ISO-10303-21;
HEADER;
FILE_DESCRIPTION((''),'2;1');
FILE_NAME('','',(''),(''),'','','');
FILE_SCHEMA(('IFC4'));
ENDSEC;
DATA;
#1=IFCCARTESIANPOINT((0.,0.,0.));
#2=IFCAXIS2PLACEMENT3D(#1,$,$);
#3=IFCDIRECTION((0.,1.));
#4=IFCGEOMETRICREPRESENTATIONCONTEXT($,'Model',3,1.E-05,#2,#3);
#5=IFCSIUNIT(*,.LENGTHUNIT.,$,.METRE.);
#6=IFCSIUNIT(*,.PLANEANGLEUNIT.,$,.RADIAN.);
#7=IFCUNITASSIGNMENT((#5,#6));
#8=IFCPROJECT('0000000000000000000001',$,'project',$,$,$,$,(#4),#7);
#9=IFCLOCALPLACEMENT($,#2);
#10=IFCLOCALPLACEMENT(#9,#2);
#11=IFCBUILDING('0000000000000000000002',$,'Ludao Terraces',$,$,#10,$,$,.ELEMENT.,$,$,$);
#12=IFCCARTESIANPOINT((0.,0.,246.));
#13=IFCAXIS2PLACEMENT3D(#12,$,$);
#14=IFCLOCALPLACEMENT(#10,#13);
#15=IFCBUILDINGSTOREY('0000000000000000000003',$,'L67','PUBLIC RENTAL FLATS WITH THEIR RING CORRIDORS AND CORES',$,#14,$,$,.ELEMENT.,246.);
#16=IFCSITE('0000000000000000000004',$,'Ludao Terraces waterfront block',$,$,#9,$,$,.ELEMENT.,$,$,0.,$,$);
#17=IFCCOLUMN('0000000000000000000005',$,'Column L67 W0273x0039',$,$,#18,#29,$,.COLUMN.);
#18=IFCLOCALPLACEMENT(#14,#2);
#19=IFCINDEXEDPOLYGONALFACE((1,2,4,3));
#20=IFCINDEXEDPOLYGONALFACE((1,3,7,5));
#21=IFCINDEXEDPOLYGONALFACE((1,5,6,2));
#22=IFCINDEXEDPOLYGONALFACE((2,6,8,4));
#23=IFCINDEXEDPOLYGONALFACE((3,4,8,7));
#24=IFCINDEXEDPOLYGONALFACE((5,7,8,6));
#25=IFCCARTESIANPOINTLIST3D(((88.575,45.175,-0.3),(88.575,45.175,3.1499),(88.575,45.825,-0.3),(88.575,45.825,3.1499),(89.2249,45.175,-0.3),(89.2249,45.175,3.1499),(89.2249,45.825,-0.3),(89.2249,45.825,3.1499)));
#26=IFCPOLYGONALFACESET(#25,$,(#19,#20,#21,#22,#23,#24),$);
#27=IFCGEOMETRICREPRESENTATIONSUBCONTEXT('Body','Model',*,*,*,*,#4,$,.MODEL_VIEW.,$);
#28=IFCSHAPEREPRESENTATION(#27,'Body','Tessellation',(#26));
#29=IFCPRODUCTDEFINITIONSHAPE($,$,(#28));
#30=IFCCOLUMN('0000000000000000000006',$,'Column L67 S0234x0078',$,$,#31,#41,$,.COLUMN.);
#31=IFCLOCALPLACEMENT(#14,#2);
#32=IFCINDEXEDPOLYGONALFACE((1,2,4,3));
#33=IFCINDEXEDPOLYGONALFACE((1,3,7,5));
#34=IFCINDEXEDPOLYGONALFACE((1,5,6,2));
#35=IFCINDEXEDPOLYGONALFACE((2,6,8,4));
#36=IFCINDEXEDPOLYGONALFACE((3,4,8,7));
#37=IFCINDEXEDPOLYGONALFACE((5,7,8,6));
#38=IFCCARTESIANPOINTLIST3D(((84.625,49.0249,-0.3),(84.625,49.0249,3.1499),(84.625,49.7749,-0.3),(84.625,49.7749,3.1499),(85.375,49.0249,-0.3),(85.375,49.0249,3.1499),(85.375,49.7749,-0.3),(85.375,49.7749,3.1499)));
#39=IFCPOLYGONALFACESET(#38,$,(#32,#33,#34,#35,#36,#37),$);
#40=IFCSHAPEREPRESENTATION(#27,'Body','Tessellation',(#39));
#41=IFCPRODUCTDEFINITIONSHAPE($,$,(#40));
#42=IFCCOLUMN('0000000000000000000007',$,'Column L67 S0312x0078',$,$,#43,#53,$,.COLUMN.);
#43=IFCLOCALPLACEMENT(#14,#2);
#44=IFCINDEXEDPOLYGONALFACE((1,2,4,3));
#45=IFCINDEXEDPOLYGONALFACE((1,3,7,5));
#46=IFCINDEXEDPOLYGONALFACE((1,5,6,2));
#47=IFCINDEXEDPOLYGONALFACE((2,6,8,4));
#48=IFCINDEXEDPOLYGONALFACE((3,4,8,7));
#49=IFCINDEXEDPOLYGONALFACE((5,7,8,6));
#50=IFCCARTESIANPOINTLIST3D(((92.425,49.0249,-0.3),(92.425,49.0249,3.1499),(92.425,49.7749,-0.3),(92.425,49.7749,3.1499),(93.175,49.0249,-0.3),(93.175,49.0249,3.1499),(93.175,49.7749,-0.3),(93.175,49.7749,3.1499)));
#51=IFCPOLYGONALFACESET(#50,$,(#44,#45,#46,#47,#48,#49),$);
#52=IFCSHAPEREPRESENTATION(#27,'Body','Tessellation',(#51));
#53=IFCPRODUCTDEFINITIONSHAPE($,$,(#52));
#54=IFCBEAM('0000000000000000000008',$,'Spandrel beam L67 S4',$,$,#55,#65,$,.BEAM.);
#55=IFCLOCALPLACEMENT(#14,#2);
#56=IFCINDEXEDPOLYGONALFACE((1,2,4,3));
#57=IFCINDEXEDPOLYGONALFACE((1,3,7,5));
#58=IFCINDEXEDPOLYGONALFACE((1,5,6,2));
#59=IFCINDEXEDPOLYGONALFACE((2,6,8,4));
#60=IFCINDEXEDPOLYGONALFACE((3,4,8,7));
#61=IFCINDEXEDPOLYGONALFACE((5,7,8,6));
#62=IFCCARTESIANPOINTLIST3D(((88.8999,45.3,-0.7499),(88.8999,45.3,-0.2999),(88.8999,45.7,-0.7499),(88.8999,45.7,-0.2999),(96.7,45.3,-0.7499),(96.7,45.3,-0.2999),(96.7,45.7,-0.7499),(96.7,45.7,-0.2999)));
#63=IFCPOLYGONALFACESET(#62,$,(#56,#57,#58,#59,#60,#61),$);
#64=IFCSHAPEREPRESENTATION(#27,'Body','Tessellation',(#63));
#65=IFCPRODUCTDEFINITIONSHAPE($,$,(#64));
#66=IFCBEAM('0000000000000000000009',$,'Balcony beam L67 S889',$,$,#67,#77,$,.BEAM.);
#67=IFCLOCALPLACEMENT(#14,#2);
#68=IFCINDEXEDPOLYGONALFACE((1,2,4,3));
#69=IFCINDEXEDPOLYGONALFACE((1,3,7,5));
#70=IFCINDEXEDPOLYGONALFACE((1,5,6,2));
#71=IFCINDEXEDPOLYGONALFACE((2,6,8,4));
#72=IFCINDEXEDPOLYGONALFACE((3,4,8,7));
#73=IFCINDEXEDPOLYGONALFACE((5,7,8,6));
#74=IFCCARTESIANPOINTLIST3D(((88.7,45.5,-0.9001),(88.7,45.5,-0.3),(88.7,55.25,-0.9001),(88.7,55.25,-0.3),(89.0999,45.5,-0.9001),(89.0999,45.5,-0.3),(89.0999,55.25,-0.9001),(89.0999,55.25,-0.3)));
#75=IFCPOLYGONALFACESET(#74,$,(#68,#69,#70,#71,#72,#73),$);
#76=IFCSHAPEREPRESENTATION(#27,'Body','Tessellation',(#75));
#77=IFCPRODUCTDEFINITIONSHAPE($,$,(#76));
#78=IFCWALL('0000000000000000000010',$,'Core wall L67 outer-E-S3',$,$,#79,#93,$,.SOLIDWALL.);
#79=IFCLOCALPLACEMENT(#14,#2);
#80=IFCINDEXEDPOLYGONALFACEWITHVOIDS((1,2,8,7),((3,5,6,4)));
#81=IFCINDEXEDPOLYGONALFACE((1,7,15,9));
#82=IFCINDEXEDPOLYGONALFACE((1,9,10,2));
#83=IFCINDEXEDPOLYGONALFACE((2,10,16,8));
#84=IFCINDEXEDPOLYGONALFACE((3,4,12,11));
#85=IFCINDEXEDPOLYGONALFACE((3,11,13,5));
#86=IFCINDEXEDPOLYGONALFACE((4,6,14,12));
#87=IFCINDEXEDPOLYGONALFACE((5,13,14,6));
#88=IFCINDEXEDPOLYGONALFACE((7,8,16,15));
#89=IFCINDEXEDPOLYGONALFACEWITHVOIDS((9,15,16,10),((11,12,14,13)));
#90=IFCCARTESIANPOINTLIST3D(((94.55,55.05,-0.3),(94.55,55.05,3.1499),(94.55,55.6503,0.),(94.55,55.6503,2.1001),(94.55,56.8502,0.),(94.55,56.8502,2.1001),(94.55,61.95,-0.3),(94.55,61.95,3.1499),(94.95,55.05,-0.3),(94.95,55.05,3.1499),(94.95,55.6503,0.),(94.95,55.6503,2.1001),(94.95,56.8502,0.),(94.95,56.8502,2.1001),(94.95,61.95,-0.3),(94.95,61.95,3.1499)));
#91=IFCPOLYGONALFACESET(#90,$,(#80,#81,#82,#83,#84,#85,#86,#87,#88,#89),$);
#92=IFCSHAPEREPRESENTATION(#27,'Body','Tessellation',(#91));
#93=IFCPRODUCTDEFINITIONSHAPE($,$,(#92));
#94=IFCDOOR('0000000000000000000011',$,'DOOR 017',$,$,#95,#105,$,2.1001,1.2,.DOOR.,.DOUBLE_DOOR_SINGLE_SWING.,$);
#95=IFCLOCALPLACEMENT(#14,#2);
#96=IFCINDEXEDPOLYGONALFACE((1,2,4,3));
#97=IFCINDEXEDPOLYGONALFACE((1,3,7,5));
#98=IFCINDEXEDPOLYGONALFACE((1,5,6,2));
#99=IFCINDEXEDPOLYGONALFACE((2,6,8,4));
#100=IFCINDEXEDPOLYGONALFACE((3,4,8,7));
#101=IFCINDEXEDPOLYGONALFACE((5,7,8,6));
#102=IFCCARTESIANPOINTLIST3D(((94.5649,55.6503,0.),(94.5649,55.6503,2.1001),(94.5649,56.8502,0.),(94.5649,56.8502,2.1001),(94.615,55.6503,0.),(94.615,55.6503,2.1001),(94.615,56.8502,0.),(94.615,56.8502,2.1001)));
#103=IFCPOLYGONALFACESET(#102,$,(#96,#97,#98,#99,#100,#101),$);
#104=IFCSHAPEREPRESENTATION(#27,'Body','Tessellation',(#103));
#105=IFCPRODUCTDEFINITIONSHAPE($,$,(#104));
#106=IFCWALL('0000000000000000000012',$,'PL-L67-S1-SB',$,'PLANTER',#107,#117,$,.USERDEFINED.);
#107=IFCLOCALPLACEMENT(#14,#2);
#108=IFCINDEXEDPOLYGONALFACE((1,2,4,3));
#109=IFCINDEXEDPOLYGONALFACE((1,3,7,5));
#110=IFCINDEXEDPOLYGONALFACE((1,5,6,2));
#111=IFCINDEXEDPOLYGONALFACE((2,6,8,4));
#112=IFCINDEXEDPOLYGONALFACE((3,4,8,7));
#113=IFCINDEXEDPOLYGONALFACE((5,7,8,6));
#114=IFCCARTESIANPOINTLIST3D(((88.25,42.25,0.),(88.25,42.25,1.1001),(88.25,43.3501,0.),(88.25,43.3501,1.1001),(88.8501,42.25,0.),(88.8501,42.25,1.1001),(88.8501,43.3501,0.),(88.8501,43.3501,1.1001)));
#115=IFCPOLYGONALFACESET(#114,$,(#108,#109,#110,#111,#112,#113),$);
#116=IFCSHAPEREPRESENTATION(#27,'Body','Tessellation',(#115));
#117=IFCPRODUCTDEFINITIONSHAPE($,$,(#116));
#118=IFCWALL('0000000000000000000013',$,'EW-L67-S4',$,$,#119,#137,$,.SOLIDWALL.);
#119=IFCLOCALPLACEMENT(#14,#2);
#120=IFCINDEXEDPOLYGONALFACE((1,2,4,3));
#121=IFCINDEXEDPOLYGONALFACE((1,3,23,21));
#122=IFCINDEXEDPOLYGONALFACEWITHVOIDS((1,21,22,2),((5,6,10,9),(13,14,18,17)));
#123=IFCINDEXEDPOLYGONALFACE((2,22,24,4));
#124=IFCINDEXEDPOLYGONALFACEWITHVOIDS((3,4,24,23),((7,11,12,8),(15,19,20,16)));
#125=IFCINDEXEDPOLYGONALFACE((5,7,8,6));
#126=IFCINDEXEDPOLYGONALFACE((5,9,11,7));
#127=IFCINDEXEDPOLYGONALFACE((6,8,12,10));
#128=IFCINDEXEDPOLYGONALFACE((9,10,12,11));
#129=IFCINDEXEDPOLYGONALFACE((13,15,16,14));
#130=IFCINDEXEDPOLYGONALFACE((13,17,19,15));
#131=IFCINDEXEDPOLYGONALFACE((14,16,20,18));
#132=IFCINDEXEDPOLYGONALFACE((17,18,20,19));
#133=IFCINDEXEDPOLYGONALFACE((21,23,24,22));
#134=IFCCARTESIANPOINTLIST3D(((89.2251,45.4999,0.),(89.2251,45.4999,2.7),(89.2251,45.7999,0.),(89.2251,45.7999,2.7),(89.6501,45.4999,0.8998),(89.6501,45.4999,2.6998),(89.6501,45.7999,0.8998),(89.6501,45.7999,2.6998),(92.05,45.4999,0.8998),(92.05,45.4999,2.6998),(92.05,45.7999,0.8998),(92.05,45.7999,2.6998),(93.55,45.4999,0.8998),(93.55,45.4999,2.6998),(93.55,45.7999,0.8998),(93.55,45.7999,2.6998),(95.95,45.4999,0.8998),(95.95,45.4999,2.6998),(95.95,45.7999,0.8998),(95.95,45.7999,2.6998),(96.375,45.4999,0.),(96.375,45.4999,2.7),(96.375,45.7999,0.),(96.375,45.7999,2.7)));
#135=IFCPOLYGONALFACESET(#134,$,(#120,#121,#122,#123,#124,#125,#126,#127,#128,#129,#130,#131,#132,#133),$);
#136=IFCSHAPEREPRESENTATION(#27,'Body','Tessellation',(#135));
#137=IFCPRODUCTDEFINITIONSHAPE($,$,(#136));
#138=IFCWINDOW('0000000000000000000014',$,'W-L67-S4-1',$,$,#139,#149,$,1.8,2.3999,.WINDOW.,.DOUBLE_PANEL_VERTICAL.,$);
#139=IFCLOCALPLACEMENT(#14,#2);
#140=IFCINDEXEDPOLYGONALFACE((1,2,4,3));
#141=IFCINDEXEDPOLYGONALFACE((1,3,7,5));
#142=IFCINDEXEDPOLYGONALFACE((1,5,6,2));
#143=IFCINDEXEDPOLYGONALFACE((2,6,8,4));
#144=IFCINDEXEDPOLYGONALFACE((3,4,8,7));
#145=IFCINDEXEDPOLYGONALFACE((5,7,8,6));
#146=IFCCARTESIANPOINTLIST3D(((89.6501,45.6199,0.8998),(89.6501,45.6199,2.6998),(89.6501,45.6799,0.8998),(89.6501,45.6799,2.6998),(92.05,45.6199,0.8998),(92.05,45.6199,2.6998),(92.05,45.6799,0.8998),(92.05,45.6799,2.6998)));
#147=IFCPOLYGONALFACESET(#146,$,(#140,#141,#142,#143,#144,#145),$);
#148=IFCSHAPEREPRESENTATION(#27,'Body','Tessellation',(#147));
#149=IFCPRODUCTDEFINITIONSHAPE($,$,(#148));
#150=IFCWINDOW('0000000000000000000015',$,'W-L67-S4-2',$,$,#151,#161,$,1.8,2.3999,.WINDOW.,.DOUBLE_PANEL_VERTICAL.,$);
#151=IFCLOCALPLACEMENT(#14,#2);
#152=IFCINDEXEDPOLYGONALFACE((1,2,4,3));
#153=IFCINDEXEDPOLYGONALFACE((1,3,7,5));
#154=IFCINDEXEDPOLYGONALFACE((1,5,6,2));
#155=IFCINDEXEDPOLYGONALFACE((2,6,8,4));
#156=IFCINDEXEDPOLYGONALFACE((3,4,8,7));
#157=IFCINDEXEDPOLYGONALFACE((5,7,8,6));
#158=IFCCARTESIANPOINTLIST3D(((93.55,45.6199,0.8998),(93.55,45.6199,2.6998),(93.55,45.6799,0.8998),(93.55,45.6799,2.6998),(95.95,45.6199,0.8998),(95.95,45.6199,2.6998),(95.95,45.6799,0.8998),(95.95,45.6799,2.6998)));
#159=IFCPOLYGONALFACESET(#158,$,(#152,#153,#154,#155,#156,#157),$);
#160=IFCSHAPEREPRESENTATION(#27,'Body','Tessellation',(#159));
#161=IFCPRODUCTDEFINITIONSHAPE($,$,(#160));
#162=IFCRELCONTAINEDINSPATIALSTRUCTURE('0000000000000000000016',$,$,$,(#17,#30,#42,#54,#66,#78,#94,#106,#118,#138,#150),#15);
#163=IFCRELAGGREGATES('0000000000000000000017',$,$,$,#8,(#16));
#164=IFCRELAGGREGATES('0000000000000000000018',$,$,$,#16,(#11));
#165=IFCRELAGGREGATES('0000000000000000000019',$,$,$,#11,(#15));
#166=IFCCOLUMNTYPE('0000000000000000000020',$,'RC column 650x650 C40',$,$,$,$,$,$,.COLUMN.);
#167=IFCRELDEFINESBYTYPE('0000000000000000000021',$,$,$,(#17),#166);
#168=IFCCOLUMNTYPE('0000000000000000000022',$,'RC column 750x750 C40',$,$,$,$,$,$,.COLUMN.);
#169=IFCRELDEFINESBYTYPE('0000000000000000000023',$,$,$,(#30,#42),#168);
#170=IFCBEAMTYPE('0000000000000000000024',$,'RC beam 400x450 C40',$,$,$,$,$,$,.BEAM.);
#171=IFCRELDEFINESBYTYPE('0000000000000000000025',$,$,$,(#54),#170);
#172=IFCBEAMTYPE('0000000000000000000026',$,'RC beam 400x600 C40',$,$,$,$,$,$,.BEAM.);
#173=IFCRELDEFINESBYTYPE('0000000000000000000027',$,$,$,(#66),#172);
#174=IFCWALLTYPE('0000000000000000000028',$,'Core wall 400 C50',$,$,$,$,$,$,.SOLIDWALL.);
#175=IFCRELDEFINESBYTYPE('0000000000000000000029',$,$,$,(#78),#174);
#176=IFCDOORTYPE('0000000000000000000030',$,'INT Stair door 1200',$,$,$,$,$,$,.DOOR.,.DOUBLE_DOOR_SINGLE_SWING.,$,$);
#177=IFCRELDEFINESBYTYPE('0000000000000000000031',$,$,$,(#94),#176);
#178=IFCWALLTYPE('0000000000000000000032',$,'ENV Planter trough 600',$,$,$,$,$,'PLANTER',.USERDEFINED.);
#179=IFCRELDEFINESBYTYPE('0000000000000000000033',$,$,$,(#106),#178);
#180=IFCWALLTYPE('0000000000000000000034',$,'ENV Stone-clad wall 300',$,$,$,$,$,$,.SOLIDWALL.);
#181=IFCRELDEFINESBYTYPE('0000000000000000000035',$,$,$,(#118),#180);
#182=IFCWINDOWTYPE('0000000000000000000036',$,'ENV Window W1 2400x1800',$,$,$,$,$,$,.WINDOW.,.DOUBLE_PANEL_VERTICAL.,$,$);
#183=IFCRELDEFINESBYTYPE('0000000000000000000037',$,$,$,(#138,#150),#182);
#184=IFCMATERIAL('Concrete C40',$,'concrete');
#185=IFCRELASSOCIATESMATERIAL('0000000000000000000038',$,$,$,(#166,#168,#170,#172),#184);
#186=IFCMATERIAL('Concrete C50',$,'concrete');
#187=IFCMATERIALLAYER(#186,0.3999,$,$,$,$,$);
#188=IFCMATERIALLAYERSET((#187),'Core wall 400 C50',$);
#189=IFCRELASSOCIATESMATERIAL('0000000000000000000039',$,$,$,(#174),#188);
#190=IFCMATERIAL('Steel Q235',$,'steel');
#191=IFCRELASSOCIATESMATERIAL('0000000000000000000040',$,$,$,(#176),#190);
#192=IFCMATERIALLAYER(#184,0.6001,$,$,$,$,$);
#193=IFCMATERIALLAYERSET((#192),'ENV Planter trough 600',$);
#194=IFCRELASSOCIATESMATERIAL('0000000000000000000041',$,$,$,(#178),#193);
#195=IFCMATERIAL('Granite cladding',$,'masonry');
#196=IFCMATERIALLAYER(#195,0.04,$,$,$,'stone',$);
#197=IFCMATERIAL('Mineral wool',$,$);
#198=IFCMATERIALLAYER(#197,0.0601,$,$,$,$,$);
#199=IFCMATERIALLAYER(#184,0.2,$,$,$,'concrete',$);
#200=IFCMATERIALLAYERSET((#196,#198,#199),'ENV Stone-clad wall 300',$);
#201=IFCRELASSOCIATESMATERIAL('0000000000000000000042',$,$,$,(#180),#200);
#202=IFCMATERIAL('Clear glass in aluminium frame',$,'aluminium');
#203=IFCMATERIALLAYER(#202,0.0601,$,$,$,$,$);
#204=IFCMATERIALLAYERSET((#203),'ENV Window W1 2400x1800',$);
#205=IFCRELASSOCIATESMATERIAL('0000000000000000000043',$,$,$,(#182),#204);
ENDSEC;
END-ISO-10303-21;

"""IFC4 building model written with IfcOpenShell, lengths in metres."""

from ifc_helpers import new_model, si_unit, direction, frame, frame_2d, origin, origin_2d, place, context, subcontext, project, spatial, rectangle, extrude, material, layer, layer_set, material_profile, profile_set, type_object, element, fill, save


model = new_model("IFC4")

# Units and contexts
model_context = context("Model", 3, precision=1e-05, world=origin(), true_north=direction((0.0, 1.0)))
body_context = subcontext(model_context, "Body", "Model", "MODEL_VIEW")
ifc_project = project(units=[si_unit("LENGTHUNIT", "METRE"), si_unit("PLANEANGLEUNIT", "RADIAN")], contexts=[model_context])

# Site, building, storey
site_placement = place(None, origin())
site = spatial("IfcSite", under=ifc_project, at=site_placement, Name="Ludao Terraces waterfront block", CompositionType="ELEMENT", RefElevation=0.0)
building_placement = place(site_placement, origin())
building = spatial("IfcBuilding", under=site, at=building_placement, Name="Ludao Terraces", CompositionType="ELEMENT")
storey_placement = place(building_placement, frame((0.0, 0.0, 246.0)))
storey = spatial("IfcBuildingStorey", under=building, at=storey_placement, Name="L67", Description="PUBLIC RENTAL FLATS WITH THEIR RING CORRIDORS AND CORES", CompositionType="ELEMENT", Elevation=246.0)

# Columns
ifc_material_1 = material(Name="Concrete C40", Category="concrete")
ifc_material_profile_1 = material_profile(ifc_material_1, rectangle(XDim=0.6499, YDim=0.6499, at=origin_2d()), Name="650 X 650")
ifc_profile_set_1 = profile_set([ifc_material_profile_1], Name="Concrete C40")
column_type_1 = type_object("IfcColumnType", Name="RC column 650x650 C40", PredefinedType="COLUMN", material=ifc_profile_set_1)
column_placement = place(storey_placement, frame((88.8999, 45.5, -0.3), z_axis=(0.0, 0.0, 1.0), x_axis=(1.0, 0.0, 0.0)))
element("IfcColumn", 1, at=column_placement, inside=storey, type_object=column_type_1, Name="Column L67 W0273x0039", PredefinedType="COLUMN", context=body_context, shape_type="SweptSolid", body=[
    extrude(rectangle(XDim=0.6499, YDim=0.6499, at=origin_2d()), origin(), (0.0, 0.0, 1.0), 3.45),
])
ifc_material_profile_2 = material_profile(ifc_material_1, rectangle(XDim=0.75, YDim=0.75, at=origin_2d()), Name="750 X 750")
ifc_profile_set_2 = profile_set([ifc_material_profile_2], Name="Concrete C40")
column_type_2 = type_object("IfcColumnType", Name="RC column 750x750 C40", PredefinedType="COLUMN", material=ifc_profile_set_2)
for number, where, z_axis, x_axis, name in (
    (2, (85.0, 49.3999, -0.3), (0.0, 0.0, 1.0), (1.0, 0.0, 0.0), "Column L67 S0234x0078"),
    (3, (92.8, 49.3999, -0.3), (0.0, 0.0, 1.0), (1.0, 0.0, 0.0), "Column L67 S0312x0078"),
):
    element("IfcColumn", number, at=place(storey_placement, frame(where, z_axis=z_axis, x_axis=x_axis)), inside=storey, type_object=column_type_2, Name=name, PredefinedType="COLUMN", context=body_context, shape_type="SweptSolid", body=[
        extrude(rectangle(XDim=0.75, YDim=0.75, at=origin_2d()), origin(), (0.0, 0.0, 1.0), 3.45),
    ])

# Beams
ifc_material_profile_3 = material_profile(ifc_material_1, rectangle(XDim=0.3999, YDim=0.45, at=origin_2d()), Name="400 X 450")
ifc_profile_set_3 = profile_set([ifc_material_profile_3], Name="Concrete C40")
beam_type_1 = type_object("IfcBeamType", Name="RC beam 400x450 C40", PredefinedType="BEAM", material=ifc_profile_set_3)
beam_1_placement = place(storey_placement, frame((88.8999, 45.5, -0.5249), z_axis=(1.0, 0.0, 0.0), x_axis=(0.0, 1.0, 0.0)))
element("IfcBeam", 4, at=beam_1_placement, inside=storey, type_object=beam_type_1, Name="Spandrel beam L67 S4", PredefinedType="BEAM", context=body_context, shape_type="SweptSolid", body=[
    extrude(rectangle(XDim=0.3999, YDim=0.45, at=origin_2d()), origin(), (0.0, 0.0, 1.0), 7.8),
])
ifc_material_profile_4 = material_profile(ifc_material_1, rectangle(XDim=0.3999, YDim=0.6001, at=origin_2d()), Name="400 X 600")
ifc_profile_set_4 = profile_set([ifc_material_profile_4], Name="Concrete C40")
beam_type_2 = type_object("IfcBeamType", Name="RC beam 400x600 C40", PredefinedType="BEAM", material=ifc_profile_set_4)
beam_2_placement = place(storey_placement, frame((88.8999, 55.25, -0.6001), z_axis=(0.0, -1.0, 0.0), x_axis=(1.0, 0.0, 0.0)))
element("IfcBeam", 5, at=beam_2_placement, inside=storey, type_object=beam_type_2, Name="Balcony beam L67 S889", PredefinedType="BEAM", context=body_context, shape_type="SweptSolid", body=[
    extrude(rectangle(XDim=0.3999, YDim=0.6001, at=origin_2d()), origin(), (0.0, 0.0, 1.0), 9.75),
])

# Wall, opening, door
ifc_material_2 = material(Name="Concrete C50", Category="concrete")
ifc_layer_1 = layer(ifc_material_2, 0.3999)
ifc_layer_set_1 = layer_set([ifc_layer_1], Name="Core wall 400 C50")
wall_type_1 = type_object("IfcWallType", Name="Core wall 400 C50", PredefinedType="SOLIDWALL", material=ifc_layer_set_1)
wall_1_placement = place(storey_placement, frame((94.75, 55.05, -0.3), z_axis=(0.0, 0.0, 1.0), x_axis=(0.0, 1.0, 0.0)))
wall_1 = element("IfcWall", 6, at=wall_1_placement, inside=storey, type_object=wall_type_1, Name="Core wall L67 outer-E-S3", PredefinedType="SOLIDWALL", context=body_context, shape_type="SweptSolid", body=[
    extrude(rectangle(XDim=6.8999, YDim=0.3999, at=frame_2d((3.45, 0.0))), origin(), (0.0, 0.0, 1.0), 3.45),
])
opening_1_placement = place(wall_1_placement, frame((0.6001, 0.0, 0.3)))
opening_1 = element("IfcOpeningElement", 7, at=opening_1_placement, cuts=wall_1, PredefinedType="OPENING", context=body_context, shape_type="SweptSolid", body=[
    extrude(rectangle(XDim=1.2, YDim=2.1001, at=frame_2d((0.6001, 1.05))), frame((0.0, 0.21, 0.0), z_axis=(0.0, -1.0, 0.0), x_axis=(1.0, 0.0, 0.0)), (0.0, 0.0, 1.0), 0.4199),
])
ifc_material_3 = material(Name="Steel Q235", Category="steel")
door_type_1 = type_object("IfcDoorType", Name="INT Stair door 1200", OperationType="DOUBLE_DOOR_SINGLE_SWING", PredefinedType="DOOR", material=ifc_material_3)
door_1_placement = place(opening_1_placement, origin())
door_1 = element("IfcDoor", 8, at=door_1_placement, inside=storey, type_object=door_type_1, Name="DOOR 017", OperationType="DOUBLE_DOOR_SINGLE_SWING", OverallHeight=2.1001, OverallWidth=1.2, PredefinedType="DOOR", context=body_context, shape_type="SweptSolid", body=[
    extrude(rectangle(XDim=1.2, YDim=2.1001, at=frame_2d((0.6001, 1.05))), frame((0.0, 0.1851, 0.0), z_axis=(0.0, -1.0, 0.0), x_axis=(1.0, 0.0, 0.0)), (0.0, 0.0, 1.0), 0.05),
])
fill(opening_1, door_1)

# Wall
ifc_layer_2 = layer(ifc_material_1, 0.6001)
ifc_layer_set_2 = layer_set([ifc_layer_2], Name="ENV Planter trough 600")
wall_type_2 = type_object("IfcWallType", Name="ENV Planter trough 600", ElementType="PLANTER", PredefinedType="USERDEFINED", material=ifc_layer_set_2)
wall_2_placement = place(storey_placement, frame((88.55, 42.25, 0.0), z_axis=(0.0, 0.0, 1.0), x_axis=(0.0, 1.0, 0.0)))
element("IfcWall", 9, at=wall_2_placement, inside=storey, type_object=wall_type_2, Name="PL-L67-S1-SB", ObjectType="PLANTER", PredefinedType="USERDEFINED", context=body_context, shape_type="SweptSolid", body=[
    extrude(rectangle(XDim=1.1001, YDim=0.6001, at=frame_2d((0.55, 0.0))), origin(), (0.0, 0.0, 1.0), 1.1001),
])

# Wall, openings, windows
ifc_material_4 = material(Name="Granite cladding", Category="masonry")
ifc_layer_3 = layer(ifc_material_4, 0.04, Category="stone")
ifc_material_5 = material(Name="Mineral wool")
ifc_layer_4 = layer(ifc_material_5, 0.0601)
ifc_layer_5 = layer(ifc_material_1, 0.2, Category="concrete")
ifc_layer_set_3 = layer_set([ifc_layer_3, ifc_layer_4, ifc_layer_5], Name="ENV Stone-clad wall 300")
wall_type_3 = type_object("IfcWallType", Name="ENV Stone-clad wall 300", PredefinedType="SOLIDWALL", material=ifc_layer_set_3)
wall_3_placement = place(storey_placement, frame((89.2251, 45.6499, 0.0), z_axis=(0.0, 0.0, 1.0), x_axis=(1.0, 0.0, 0.0)))
wall_3 = element("IfcWall", 10, at=wall_3_placement, inside=storey, type_object=wall_type_3, Name="EW-L67-S4", PredefinedType="SOLIDWALL", context=body_context, shape_type="SweptSolid", body=[
    extrude(rectangle(XDim=7.1499, YDim=0.3, at=frame_2d((3.575, 0.0))), origin(), (0.0, 0.0, 1.0), 2.7),
])
opening_2_placement = place(wall_3_placement, frame((0.425, 0.0, 0.8999)))
opening_2 = element("IfcOpeningElement", 11, at=opening_2_placement, cuts=wall_3, PredefinedType="OPENING", context=body_context, shape_type="SweptSolid", body=[
    extrude(rectangle(XDim=2.3999, YDim=1.8, at=frame_2d((1.2, 0.8999))), frame((0.0, 0.1602, 0.0), z_axis=(0.0, -1.0, 0.0), x_axis=(1.0, 0.0, 0.0)), (0.0, 0.0, 1.0), 0.3201),
])
opening_3_placement = place(wall_3_placement, frame((4.325, 0.0, 0.8999)))
opening_3 = element("IfcOpeningElement", 12, at=opening_3_placement, cuts=wall_3, PredefinedType="OPENING", context=body_context, shape_type="SweptSolid", body=[
    extrude(rectangle(XDim=2.3999, YDim=1.8, at=frame_2d((1.2, 0.8999))), frame((0.0, 0.1602, 0.0), z_axis=(0.0, -1.0, 0.0), x_axis=(1.0, 0.0, 0.0)), (0.0, 0.0, 1.0), 0.3201),
])
ifc_material_6 = material(Name="Clear glass in aluminium frame", Category="aluminium")
ifc_layer_6 = layer(ifc_material_6, 0.0601)
ifc_layer_set_4 = layer_set([ifc_layer_6], Name="ENV Window W1 2400x1800")
window_type = type_object("IfcWindowType", Name="ENV Window W1 2400x1800", PartitioningType="DOUBLE_PANEL_VERTICAL", PredefinedType="WINDOW", material=ifc_layer_set_4)
window_1_placement = place(opening_2_placement, origin())
window_1 = element("IfcWindow", 13, at=window_1_placement, inside=storey, type_object=window_type, Name="W-L67-S4-1", OverallHeight=1.8, OverallWidth=2.3999, PartitioningType="DOUBLE_PANEL_VERTICAL", PredefinedType="WINDOW", context=body_context, shape_type="SweptSolid", body=[
    extrude(rectangle(XDim=2.3999, YDim=1.8, at=frame_2d((1.2, 0.8999))), frame((0.0, 0.03, 0.0), z_axis=(0.0, -1.0, 0.0), x_axis=(1.0, 0.0, 0.0)), (0.0, 0.0, 1.0), 0.0601),
])
fill(opening_2, window_1)
window_2_placement = place(opening_3_placement, origin())
window_2 = element("IfcWindow", 14, at=window_2_placement, inside=storey, type_object=window_type, Name="W-L67-S4-2", OverallHeight=1.8, OverallWidth=2.3999, PartitioningType="DOUBLE_PANEL_VERTICAL", PredefinedType="WINDOW", context=body_context, shape_type="SweptSolid", body=[
    extrude(rectangle(XDim=2.3999, YDim=1.8, at=frame_2d((1.2, 0.8999))), frame((0.0, 0.03, 0.0), z_axis=(0.0, -1.0, 0.0), x_axis=(1.0, 0.0, 0.0)), (0.0, 0.0, 1.0), 0.0601),
])
fill(opening_3, window_2)

save(model, "model.ifc")
